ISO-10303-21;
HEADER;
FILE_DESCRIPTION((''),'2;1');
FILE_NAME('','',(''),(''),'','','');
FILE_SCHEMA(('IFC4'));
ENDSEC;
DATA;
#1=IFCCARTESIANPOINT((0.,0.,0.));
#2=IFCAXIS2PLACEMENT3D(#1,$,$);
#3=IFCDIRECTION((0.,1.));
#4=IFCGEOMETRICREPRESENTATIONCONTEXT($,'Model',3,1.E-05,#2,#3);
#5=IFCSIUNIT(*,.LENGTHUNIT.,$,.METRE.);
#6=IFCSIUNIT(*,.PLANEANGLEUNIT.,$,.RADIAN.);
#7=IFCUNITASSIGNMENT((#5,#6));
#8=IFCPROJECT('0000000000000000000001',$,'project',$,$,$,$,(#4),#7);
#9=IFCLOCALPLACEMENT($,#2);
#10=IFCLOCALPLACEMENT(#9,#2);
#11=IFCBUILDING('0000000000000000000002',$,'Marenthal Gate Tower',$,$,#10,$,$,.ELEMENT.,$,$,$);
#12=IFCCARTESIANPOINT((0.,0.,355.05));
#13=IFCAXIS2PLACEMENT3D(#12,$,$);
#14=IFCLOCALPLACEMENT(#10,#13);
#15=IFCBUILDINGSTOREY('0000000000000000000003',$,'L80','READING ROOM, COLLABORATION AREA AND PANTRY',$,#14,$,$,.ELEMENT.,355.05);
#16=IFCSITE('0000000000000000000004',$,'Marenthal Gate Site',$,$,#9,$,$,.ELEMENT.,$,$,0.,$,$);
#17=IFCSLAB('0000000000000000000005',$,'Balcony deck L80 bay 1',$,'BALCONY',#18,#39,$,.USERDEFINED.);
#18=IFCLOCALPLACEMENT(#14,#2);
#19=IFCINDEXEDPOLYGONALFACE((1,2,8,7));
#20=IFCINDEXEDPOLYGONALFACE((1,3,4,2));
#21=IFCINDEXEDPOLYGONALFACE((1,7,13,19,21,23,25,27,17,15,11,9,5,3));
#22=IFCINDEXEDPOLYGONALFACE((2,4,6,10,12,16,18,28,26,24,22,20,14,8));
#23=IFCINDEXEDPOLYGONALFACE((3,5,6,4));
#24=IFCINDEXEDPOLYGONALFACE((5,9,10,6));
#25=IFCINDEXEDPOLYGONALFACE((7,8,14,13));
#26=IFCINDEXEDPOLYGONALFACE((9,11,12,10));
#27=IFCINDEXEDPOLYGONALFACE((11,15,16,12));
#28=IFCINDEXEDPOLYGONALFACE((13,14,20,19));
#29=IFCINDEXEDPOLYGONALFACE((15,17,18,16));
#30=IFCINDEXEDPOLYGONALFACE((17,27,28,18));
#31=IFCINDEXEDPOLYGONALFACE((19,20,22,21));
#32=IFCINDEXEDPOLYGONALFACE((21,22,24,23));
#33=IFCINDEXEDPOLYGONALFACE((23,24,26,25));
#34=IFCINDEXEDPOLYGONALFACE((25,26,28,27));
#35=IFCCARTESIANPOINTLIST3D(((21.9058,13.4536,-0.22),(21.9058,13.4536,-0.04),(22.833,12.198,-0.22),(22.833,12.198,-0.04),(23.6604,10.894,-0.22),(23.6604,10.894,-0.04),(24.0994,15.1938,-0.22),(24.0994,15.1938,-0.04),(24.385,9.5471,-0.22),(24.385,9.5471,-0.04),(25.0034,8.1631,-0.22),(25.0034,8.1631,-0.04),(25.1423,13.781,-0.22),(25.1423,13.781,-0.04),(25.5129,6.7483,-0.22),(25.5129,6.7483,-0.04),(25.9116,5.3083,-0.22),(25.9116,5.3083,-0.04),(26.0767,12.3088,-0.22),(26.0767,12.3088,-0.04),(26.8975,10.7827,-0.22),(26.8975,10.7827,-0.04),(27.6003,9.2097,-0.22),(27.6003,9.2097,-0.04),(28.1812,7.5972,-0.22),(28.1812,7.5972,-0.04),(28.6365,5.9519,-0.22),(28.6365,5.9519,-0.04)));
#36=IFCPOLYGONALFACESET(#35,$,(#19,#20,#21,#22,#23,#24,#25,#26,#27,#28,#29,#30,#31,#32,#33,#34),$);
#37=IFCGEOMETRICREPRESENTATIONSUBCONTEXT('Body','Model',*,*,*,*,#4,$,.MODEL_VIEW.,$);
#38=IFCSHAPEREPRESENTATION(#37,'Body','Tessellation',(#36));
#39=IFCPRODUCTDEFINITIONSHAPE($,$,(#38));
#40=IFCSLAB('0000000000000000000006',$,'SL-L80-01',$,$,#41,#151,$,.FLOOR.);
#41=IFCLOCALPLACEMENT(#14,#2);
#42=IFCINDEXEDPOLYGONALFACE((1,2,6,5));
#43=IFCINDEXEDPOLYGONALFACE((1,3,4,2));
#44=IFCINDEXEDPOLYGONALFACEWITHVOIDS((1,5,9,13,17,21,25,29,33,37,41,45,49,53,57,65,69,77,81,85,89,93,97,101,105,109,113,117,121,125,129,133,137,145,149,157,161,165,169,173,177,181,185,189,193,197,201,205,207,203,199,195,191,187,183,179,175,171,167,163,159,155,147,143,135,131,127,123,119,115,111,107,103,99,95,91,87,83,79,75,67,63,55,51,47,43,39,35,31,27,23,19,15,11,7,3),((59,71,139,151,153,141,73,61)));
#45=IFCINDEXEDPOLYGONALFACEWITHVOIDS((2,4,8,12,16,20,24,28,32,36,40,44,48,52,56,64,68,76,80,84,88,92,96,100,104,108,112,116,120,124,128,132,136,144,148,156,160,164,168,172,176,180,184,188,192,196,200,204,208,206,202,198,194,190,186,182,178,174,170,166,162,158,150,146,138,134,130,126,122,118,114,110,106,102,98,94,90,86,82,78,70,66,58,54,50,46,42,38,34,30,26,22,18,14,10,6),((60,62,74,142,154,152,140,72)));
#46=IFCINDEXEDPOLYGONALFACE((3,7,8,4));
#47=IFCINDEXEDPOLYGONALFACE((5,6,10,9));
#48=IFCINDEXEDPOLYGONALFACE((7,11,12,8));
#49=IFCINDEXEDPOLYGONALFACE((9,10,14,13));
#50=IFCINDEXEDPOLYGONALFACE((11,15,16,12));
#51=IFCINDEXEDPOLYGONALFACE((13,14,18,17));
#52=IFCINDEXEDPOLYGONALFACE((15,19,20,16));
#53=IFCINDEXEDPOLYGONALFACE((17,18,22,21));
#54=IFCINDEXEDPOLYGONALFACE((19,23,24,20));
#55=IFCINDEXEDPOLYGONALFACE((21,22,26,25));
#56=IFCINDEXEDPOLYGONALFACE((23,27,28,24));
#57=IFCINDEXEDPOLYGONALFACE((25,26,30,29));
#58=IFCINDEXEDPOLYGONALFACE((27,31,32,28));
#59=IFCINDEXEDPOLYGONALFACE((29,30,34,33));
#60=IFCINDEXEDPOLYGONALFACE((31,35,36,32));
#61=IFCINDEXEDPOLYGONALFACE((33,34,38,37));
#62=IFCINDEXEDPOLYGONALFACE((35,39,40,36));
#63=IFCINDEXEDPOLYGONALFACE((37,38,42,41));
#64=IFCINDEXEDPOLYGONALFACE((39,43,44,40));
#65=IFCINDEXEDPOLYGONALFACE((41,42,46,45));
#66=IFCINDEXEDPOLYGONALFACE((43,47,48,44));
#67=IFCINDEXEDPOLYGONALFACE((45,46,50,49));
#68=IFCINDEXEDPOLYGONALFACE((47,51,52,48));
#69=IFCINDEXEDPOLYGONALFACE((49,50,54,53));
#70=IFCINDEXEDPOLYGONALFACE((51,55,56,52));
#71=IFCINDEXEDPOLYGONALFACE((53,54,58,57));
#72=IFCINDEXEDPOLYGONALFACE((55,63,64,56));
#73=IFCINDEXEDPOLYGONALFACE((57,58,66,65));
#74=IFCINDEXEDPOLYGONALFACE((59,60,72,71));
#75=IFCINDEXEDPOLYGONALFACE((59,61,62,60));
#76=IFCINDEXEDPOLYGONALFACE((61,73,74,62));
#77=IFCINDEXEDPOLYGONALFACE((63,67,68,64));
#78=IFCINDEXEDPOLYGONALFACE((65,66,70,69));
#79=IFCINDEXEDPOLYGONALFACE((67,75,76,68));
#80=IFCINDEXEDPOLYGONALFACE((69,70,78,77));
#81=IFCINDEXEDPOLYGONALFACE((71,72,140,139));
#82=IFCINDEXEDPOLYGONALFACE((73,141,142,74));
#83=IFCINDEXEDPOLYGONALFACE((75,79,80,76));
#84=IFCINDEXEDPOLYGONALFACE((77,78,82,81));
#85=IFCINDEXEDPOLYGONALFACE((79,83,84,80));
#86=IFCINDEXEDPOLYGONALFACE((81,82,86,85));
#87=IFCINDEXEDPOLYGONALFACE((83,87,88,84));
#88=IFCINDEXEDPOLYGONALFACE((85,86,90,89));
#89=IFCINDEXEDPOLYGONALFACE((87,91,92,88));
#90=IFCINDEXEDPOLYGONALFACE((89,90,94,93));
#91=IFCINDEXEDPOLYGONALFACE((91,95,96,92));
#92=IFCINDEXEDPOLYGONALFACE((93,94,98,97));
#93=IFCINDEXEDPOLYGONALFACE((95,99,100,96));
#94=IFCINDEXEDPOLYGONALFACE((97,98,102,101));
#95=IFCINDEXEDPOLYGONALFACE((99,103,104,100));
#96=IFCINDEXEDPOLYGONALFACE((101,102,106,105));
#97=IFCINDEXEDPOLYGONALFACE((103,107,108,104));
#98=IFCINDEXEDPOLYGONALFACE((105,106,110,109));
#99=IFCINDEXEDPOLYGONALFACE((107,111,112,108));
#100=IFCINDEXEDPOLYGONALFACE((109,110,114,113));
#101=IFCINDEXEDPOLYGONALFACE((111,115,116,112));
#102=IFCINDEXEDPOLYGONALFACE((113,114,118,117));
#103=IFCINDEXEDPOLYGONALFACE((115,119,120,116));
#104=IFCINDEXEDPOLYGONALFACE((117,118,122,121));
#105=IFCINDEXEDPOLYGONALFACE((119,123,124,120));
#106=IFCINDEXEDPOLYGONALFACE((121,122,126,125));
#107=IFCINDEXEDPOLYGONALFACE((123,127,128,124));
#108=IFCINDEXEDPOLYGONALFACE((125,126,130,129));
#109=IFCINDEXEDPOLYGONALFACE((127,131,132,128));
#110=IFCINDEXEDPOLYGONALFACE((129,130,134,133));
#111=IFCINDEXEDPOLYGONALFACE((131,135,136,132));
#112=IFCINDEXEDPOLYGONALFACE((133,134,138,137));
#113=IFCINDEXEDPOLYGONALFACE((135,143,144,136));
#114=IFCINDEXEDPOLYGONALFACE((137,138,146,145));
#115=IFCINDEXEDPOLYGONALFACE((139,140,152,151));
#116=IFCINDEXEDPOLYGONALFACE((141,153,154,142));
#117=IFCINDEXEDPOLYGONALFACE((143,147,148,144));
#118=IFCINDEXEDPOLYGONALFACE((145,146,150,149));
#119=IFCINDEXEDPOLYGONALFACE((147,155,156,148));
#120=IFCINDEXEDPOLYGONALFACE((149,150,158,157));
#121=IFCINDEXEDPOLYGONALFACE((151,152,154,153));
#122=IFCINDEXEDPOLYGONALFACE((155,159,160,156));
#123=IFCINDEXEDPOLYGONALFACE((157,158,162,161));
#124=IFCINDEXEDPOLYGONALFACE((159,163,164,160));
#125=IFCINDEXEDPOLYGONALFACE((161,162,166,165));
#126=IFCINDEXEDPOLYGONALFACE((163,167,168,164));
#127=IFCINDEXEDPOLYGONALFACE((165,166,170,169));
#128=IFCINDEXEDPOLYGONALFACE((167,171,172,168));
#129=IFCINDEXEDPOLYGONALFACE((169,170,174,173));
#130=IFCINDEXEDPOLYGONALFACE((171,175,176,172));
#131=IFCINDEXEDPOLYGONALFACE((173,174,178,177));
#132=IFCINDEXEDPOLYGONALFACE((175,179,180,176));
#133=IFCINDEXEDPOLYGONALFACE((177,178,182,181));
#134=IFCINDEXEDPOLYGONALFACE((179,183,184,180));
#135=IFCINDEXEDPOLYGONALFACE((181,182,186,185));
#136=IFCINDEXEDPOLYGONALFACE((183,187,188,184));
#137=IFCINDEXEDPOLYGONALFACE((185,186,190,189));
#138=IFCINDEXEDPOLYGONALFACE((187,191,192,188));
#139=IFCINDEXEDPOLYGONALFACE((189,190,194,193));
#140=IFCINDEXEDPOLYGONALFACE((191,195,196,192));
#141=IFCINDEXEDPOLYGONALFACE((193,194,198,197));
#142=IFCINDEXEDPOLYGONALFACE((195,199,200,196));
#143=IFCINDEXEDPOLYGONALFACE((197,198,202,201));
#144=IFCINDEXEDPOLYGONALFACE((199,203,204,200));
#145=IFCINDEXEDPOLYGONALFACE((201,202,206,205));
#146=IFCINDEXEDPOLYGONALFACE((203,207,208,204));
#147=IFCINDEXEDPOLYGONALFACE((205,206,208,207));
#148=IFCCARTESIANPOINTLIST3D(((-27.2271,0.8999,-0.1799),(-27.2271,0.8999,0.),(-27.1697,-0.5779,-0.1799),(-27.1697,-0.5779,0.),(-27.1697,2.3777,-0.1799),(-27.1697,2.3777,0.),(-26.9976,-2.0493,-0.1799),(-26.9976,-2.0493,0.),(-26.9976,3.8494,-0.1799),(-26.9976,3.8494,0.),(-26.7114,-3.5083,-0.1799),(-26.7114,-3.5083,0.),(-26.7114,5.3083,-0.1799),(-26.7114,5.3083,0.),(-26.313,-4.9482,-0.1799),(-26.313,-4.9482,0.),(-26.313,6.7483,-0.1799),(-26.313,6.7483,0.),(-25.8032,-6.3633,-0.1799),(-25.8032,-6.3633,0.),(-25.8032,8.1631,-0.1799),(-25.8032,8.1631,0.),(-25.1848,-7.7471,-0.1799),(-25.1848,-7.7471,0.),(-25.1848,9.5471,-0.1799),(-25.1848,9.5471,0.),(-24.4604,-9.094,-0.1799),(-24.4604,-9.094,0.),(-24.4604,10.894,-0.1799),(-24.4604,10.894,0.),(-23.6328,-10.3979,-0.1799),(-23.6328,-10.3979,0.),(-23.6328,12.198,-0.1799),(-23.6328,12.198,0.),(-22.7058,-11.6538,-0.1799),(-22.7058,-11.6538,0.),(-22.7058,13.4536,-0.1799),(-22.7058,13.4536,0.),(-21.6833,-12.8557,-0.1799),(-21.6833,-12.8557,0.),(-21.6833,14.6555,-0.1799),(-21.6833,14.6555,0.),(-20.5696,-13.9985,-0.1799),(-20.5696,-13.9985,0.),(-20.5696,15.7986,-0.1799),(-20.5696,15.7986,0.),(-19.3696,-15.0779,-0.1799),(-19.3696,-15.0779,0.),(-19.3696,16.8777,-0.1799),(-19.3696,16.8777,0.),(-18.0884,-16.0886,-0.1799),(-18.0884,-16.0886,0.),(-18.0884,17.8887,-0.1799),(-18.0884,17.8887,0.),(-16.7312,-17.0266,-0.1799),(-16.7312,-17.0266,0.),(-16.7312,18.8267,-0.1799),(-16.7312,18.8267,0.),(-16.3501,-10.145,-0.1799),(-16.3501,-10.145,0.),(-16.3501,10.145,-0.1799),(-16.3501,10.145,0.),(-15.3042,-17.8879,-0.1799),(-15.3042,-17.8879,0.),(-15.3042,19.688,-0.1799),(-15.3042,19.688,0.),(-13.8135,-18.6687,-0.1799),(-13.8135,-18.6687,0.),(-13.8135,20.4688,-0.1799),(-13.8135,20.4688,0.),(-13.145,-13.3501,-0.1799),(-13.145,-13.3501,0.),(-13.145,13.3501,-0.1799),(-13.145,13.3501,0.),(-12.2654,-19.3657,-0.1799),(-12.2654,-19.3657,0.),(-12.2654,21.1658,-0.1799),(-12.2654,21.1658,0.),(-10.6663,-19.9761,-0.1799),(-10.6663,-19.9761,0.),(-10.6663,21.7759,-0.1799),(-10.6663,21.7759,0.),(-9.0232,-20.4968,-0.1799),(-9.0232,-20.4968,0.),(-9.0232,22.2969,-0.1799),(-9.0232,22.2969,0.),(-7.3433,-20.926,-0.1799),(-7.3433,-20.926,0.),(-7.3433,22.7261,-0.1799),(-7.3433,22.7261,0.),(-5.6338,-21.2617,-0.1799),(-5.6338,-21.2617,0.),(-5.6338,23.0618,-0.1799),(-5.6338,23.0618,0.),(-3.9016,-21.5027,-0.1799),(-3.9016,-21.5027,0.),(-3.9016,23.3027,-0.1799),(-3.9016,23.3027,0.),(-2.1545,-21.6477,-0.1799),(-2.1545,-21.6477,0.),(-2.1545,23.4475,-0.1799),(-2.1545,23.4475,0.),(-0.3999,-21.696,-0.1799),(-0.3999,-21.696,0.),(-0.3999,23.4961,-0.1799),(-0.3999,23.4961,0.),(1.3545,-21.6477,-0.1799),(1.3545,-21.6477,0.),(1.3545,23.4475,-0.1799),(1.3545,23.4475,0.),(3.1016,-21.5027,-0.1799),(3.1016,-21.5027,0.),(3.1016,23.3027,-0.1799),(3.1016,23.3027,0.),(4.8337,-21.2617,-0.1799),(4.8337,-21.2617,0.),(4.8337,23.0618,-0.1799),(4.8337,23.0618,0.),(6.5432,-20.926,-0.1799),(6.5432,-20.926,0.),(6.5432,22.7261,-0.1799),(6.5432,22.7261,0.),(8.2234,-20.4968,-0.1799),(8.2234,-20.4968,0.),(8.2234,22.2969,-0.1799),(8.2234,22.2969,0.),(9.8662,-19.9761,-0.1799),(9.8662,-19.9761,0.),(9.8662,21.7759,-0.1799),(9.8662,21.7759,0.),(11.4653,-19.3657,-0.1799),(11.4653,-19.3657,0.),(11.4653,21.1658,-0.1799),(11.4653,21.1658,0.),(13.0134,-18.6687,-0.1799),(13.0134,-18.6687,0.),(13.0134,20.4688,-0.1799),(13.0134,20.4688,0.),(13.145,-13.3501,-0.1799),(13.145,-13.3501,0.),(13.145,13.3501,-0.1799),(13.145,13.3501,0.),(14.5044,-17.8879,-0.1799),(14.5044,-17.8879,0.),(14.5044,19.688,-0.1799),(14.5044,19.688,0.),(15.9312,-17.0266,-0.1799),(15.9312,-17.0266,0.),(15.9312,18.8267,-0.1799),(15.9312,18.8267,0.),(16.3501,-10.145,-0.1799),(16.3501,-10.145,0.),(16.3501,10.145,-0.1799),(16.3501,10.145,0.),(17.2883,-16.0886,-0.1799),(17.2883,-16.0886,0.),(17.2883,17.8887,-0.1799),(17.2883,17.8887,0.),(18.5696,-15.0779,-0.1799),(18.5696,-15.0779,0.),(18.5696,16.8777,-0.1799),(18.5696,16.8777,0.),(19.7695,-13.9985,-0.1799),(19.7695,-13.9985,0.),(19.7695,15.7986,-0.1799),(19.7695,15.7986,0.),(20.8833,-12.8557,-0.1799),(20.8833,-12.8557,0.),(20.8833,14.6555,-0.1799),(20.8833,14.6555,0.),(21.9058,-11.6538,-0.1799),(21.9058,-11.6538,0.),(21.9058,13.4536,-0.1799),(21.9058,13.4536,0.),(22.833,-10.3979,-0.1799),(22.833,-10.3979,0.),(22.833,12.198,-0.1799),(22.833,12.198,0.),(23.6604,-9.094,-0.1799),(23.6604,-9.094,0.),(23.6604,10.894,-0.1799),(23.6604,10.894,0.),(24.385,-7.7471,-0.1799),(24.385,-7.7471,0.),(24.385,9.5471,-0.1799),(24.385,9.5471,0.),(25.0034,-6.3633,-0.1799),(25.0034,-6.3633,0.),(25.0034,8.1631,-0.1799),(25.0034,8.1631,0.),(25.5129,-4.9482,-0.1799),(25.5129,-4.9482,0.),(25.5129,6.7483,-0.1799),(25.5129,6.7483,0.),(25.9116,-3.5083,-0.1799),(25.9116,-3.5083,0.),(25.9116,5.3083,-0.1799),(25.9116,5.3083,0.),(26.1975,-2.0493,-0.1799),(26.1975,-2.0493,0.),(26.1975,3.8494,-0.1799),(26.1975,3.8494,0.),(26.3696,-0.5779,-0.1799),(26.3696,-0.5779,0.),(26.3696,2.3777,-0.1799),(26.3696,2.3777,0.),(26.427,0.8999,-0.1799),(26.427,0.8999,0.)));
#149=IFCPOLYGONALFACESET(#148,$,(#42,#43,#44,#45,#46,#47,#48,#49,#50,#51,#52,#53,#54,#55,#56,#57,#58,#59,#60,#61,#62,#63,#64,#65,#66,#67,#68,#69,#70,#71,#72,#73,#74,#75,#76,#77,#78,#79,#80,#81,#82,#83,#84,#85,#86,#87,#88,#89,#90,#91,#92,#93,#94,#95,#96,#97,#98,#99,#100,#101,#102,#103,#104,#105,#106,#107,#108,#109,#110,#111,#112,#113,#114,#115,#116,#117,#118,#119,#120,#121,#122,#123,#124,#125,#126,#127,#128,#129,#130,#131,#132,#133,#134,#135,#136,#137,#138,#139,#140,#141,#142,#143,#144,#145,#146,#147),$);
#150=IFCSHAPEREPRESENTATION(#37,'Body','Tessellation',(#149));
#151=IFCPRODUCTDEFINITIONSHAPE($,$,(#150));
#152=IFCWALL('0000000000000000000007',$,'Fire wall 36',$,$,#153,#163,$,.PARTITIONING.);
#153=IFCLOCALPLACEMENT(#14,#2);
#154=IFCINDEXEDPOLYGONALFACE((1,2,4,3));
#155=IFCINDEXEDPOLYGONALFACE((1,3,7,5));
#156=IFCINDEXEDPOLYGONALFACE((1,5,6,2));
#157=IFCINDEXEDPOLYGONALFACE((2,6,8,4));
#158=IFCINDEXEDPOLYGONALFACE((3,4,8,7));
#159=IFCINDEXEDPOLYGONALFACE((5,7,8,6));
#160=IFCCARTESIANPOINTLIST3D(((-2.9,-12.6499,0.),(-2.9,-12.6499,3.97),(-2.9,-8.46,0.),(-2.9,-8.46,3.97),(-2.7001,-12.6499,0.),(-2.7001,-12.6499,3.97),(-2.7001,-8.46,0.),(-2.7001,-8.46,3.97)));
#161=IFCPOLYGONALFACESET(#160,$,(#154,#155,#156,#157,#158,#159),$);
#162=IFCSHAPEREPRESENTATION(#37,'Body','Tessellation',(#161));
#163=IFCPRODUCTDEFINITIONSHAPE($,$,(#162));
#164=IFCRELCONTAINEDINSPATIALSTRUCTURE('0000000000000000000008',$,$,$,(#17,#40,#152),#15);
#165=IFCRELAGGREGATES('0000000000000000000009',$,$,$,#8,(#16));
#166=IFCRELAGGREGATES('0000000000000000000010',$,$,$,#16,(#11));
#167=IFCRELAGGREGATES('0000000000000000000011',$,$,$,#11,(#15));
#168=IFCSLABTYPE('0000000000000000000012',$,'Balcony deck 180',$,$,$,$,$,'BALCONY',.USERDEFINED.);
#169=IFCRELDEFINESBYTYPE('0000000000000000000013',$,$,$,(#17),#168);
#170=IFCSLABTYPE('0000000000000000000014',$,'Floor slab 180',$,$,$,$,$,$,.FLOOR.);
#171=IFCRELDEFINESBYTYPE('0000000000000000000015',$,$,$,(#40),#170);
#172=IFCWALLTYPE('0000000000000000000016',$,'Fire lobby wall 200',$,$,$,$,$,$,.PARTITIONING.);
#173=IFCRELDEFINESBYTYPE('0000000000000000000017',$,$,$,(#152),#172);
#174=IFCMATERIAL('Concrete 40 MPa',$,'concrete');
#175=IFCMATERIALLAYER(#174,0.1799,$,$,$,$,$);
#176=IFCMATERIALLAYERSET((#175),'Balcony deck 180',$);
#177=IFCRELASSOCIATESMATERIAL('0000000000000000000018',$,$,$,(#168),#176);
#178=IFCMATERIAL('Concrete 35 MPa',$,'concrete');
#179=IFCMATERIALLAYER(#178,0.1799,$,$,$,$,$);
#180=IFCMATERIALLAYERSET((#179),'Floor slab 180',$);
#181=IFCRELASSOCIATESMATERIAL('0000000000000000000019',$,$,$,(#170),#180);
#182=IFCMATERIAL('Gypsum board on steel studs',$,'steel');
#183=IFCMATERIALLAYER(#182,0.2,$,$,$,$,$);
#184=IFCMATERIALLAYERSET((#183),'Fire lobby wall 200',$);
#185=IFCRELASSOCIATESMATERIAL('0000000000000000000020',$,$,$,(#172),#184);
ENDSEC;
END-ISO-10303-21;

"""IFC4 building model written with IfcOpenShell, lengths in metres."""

from ifc_helpers import new_model, si_unit, direction, frame, frame_2d, origin, place, context, subcontext, project, spatial, polyline, rectangle, outline, extrude, material, layer, layer_set, type_object, element, save


model = new_model("IFC4")

# Units and contexts
model_context = context("Model", 3, precision=1e-05, world=origin(), true_north=direction((0.0, 1.0)))
body_context = subcontext(model_context, "Body", "Model", "MODEL_VIEW")
ifc_project = project(units=[si_unit("LENGTHUNIT", "METRE"), si_unit("PLANEANGLEUNIT", "RADIAN")], contexts=[model_context])

# Site, building, storey
site_placement = place(None, origin())
site = spatial("IfcSite", under=ifc_project, at=site_placement, Name="Marenthal Gate Site", CompositionType="ELEMENT", RefElevation=0.0)
building_placement = place(site_placement, origin())
building = spatial("IfcBuilding", under=site, at=building_placement, Name="Marenthal Gate Tower", CompositionType="ELEMENT")
storey_placement = place(building_placement, frame((0.0, 0.0, 355.05)))
storey = spatial("IfcBuildingStorey", under=building, at=storey_placement, Name="L80", Description="READING ROOM, COLLABORATION AREA AND PANTRY", CompositionType="ELEMENT", Elevation=355.05)

# Slabs
ifc_material_1 = material(Name="Concrete 40 MPa", Category="concrete")
ifc_layer_1 = layer(ifc_material_1, 0.1799)
ifc_layer_set_1 = layer_set([ifc_layer_1], Name="Balcony deck 180")
slab_type_1 = type_object("IfcSlabType", Name="Balcony deck 180", ElementType="BALCONY", PredefinedType="USERDEFINED", material=ifc_layer_set_1)
slab_1_placement = place(storey_placement, frame((0.0, 0.0, -0.22)))
element("IfcSlab", 1, at=slab_1_placement, inside=storey, type_object=slab_type_1, Name="Balcony deck L80 bay 1", ObjectType="BALCONY", PredefinedType="USERDEFINED", context=body_context, shape_type="SweptSolid", body=[
    extrude(outline(polyline([(25.9116, 5.3083), (25.5129, 6.7483), (25.0034, 8.1631), (24.385, 9.5471), (23.6604, 10.894), (22.833, 12.198), (21.9058, 13.4536), (24.0994, 15.1938), (25.1423, 13.781), (26.0767, 12.3088), (26.8975, 10.7827), (27.6003, 9.2097), (28.1812, 7.5972), (28.6365, 5.9519), (25.9116, 5.3083)])), origin(), (0.0, 0.0, 1.0), 0.1799),
])
ifc_material_2 = material(Name="Concrete 35 MPa", Category="concrete")
ifc_layer_2 = layer(ifc_material_2, 0.1799)
ifc_layer_set_2 = layer_set([ifc_layer_2], Name="Floor slab 180")
slab_type_2 = type_object("IfcSlabType", Name="Floor slab 180", PredefinedType="FLOOR", material=ifc_layer_set_2)
slab_2_placement = place(storey_placement, frame((0.0, 0.0, -0.1799)))
element("IfcSlab", 2, at=slab_2_placement, inside=storey, type_object=slab_type_2, Name="SL-L80-01", PredefinedType="FLOOR", context=body_context, shape_type="SweptSolid", body=[
    extrude(outline(polyline([(26.427, 0.8999), (26.3696, 2.3777), (26.1975, 3.8494), (25.9116, 5.3083), (25.5129, 6.7483), (25.0034, 8.1631), (24.385, 9.5471), (23.6604, 10.894), (22.833, 12.198), (21.9058, 13.4536), (20.8833, 14.6555), (19.7695, 15.7986), (18.5696, 16.8777), (17.2883, 17.8887), (15.9312, 18.8267), (14.5044, 19.688), (13.0134, 20.4688), (11.4653, 21.1658), (9.8662, 21.7759), (8.2234, 22.2969), (6.5432, 22.7261), (4.8337, 23.0618), (3.1016, 23.3027), (1.3545, 23.4475), (-0.3999, 23.4961), (-2.1545, 23.4475), (-3.9016, 23.3027), (-5.6338, 23.0618), (-7.3433, 22.7261), (-9.0232, 22.2969), (-10.6663, 21.7759), (-12.2654, 21.1658), (-13.8135, 20.4688), (-15.3042, 19.688), (-16.7312, 18.8267), (-18.0884, 17.8887), (-19.3696, 16.8777), (-20.5696, 15.7986), (-21.6833, 14.6555), (-22.7058, 13.4536), (-23.6328, 12.198), (-24.4604, 10.894), (-25.1848, 9.5471), (-25.8032, 8.1631), (-26.313, 6.7483), (-26.7114, 5.3083), (-26.9976, 3.8494), (-27.1697, 2.3777), (-27.2271, 0.8999), (-27.1697, -0.5779), (-26.9976, -2.0493), (-26.7114, -3.5083), (-26.313, -4.9482), (-25.8032, -6.3633), (-25.1848, -7.7471), (-24.4604, -9.094), (-23.6328, -10.3979), (-22.7058, -11.6538), (-21.6833, -12.8557), (-20.5696, -13.9985), (-19.3696, -15.0779), (-18.0884, -16.0886), (-16.7312, -17.0266), (-15.3042, -17.8879), (-13.8135, -18.6687), (-12.2654, -19.3657), (-10.6663, -19.9761), (-9.0232, -20.4968), (-7.3433, -20.926), (-5.6338, -21.2617), (-3.9016, -21.5027), (-2.1545, -21.6477), (-0.3999, -21.696), (1.3545, -21.6477), (3.1016, -21.5027), (4.8337, -21.2617), (6.5432, -20.926), (8.2234, -20.4968), (9.8662, -19.9761), (11.4653, -19.3657), (13.0134, -18.6687), (14.5044, -17.8879), (15.9312, -17.0266), (17.2883, -16.0886), (18.5696, -15.0779), (19.7695, -13.9985), (20.8833, -12.8557), (21.9058, -11.6538), (22.833, -10.3979), (23.6604, -9.094), (24.385, -7.7471), (25.0034, -6.3633), (25.5129, -4.9482), (25.9116, -3.5083), (26.1975, -2.0493), (26.3696, -0.5779), (26.427, 0.8999)]), holes=[polyline([(13.145, -13.3501), (16.3501, -10.145), (16.3501, 10.145), (13.145, 13.3501), (-13.145, 13.3501), (-16.3501, 10.145), (-16.3501, -10.145), (-13.145, -13.3501), (13.145, -13.3501)])]), origin(), (0.0, 0.0, 1.0), 0.1799),
])

# Wall
ifc_material_3 = material(Name="Gypsum board on steel studs", Category="steel")
ifc_layer_3 = layer(ifc_material_3, 0.2)
ifc_layer_set_3 = layer_set([ifc_layer_3], Name="Fire lobby wall 200")
wall_type_1 = type_object("IfcWallType", Name="Fire lobby wall 200", PredefinedType="PARTITIONING", material=ifc_layer_set_3)
wall_1_placement = place(storey_placement, frame((-2.8, -12.6499, 0.0), z_axis=(0.0, 0.0, 1.0), x_axis=(0.0, 1.0, 0.0)))
element("IfcWall", 3, at=wall_1_placement, inside=storey, type_object=wall_type_1, Name="Fire wall 36", PredefinedType="PARTITIONING", context=body_context, shape_type="SweptSolid", body=[
    extrude(rectangle(XDim=4.1899, YDim=0.2, at=frame_2d((2.095, 0.0))), origin(), (0.0, 0.0, 1.0), 3.97),
])

save(model, "model.ifc")
